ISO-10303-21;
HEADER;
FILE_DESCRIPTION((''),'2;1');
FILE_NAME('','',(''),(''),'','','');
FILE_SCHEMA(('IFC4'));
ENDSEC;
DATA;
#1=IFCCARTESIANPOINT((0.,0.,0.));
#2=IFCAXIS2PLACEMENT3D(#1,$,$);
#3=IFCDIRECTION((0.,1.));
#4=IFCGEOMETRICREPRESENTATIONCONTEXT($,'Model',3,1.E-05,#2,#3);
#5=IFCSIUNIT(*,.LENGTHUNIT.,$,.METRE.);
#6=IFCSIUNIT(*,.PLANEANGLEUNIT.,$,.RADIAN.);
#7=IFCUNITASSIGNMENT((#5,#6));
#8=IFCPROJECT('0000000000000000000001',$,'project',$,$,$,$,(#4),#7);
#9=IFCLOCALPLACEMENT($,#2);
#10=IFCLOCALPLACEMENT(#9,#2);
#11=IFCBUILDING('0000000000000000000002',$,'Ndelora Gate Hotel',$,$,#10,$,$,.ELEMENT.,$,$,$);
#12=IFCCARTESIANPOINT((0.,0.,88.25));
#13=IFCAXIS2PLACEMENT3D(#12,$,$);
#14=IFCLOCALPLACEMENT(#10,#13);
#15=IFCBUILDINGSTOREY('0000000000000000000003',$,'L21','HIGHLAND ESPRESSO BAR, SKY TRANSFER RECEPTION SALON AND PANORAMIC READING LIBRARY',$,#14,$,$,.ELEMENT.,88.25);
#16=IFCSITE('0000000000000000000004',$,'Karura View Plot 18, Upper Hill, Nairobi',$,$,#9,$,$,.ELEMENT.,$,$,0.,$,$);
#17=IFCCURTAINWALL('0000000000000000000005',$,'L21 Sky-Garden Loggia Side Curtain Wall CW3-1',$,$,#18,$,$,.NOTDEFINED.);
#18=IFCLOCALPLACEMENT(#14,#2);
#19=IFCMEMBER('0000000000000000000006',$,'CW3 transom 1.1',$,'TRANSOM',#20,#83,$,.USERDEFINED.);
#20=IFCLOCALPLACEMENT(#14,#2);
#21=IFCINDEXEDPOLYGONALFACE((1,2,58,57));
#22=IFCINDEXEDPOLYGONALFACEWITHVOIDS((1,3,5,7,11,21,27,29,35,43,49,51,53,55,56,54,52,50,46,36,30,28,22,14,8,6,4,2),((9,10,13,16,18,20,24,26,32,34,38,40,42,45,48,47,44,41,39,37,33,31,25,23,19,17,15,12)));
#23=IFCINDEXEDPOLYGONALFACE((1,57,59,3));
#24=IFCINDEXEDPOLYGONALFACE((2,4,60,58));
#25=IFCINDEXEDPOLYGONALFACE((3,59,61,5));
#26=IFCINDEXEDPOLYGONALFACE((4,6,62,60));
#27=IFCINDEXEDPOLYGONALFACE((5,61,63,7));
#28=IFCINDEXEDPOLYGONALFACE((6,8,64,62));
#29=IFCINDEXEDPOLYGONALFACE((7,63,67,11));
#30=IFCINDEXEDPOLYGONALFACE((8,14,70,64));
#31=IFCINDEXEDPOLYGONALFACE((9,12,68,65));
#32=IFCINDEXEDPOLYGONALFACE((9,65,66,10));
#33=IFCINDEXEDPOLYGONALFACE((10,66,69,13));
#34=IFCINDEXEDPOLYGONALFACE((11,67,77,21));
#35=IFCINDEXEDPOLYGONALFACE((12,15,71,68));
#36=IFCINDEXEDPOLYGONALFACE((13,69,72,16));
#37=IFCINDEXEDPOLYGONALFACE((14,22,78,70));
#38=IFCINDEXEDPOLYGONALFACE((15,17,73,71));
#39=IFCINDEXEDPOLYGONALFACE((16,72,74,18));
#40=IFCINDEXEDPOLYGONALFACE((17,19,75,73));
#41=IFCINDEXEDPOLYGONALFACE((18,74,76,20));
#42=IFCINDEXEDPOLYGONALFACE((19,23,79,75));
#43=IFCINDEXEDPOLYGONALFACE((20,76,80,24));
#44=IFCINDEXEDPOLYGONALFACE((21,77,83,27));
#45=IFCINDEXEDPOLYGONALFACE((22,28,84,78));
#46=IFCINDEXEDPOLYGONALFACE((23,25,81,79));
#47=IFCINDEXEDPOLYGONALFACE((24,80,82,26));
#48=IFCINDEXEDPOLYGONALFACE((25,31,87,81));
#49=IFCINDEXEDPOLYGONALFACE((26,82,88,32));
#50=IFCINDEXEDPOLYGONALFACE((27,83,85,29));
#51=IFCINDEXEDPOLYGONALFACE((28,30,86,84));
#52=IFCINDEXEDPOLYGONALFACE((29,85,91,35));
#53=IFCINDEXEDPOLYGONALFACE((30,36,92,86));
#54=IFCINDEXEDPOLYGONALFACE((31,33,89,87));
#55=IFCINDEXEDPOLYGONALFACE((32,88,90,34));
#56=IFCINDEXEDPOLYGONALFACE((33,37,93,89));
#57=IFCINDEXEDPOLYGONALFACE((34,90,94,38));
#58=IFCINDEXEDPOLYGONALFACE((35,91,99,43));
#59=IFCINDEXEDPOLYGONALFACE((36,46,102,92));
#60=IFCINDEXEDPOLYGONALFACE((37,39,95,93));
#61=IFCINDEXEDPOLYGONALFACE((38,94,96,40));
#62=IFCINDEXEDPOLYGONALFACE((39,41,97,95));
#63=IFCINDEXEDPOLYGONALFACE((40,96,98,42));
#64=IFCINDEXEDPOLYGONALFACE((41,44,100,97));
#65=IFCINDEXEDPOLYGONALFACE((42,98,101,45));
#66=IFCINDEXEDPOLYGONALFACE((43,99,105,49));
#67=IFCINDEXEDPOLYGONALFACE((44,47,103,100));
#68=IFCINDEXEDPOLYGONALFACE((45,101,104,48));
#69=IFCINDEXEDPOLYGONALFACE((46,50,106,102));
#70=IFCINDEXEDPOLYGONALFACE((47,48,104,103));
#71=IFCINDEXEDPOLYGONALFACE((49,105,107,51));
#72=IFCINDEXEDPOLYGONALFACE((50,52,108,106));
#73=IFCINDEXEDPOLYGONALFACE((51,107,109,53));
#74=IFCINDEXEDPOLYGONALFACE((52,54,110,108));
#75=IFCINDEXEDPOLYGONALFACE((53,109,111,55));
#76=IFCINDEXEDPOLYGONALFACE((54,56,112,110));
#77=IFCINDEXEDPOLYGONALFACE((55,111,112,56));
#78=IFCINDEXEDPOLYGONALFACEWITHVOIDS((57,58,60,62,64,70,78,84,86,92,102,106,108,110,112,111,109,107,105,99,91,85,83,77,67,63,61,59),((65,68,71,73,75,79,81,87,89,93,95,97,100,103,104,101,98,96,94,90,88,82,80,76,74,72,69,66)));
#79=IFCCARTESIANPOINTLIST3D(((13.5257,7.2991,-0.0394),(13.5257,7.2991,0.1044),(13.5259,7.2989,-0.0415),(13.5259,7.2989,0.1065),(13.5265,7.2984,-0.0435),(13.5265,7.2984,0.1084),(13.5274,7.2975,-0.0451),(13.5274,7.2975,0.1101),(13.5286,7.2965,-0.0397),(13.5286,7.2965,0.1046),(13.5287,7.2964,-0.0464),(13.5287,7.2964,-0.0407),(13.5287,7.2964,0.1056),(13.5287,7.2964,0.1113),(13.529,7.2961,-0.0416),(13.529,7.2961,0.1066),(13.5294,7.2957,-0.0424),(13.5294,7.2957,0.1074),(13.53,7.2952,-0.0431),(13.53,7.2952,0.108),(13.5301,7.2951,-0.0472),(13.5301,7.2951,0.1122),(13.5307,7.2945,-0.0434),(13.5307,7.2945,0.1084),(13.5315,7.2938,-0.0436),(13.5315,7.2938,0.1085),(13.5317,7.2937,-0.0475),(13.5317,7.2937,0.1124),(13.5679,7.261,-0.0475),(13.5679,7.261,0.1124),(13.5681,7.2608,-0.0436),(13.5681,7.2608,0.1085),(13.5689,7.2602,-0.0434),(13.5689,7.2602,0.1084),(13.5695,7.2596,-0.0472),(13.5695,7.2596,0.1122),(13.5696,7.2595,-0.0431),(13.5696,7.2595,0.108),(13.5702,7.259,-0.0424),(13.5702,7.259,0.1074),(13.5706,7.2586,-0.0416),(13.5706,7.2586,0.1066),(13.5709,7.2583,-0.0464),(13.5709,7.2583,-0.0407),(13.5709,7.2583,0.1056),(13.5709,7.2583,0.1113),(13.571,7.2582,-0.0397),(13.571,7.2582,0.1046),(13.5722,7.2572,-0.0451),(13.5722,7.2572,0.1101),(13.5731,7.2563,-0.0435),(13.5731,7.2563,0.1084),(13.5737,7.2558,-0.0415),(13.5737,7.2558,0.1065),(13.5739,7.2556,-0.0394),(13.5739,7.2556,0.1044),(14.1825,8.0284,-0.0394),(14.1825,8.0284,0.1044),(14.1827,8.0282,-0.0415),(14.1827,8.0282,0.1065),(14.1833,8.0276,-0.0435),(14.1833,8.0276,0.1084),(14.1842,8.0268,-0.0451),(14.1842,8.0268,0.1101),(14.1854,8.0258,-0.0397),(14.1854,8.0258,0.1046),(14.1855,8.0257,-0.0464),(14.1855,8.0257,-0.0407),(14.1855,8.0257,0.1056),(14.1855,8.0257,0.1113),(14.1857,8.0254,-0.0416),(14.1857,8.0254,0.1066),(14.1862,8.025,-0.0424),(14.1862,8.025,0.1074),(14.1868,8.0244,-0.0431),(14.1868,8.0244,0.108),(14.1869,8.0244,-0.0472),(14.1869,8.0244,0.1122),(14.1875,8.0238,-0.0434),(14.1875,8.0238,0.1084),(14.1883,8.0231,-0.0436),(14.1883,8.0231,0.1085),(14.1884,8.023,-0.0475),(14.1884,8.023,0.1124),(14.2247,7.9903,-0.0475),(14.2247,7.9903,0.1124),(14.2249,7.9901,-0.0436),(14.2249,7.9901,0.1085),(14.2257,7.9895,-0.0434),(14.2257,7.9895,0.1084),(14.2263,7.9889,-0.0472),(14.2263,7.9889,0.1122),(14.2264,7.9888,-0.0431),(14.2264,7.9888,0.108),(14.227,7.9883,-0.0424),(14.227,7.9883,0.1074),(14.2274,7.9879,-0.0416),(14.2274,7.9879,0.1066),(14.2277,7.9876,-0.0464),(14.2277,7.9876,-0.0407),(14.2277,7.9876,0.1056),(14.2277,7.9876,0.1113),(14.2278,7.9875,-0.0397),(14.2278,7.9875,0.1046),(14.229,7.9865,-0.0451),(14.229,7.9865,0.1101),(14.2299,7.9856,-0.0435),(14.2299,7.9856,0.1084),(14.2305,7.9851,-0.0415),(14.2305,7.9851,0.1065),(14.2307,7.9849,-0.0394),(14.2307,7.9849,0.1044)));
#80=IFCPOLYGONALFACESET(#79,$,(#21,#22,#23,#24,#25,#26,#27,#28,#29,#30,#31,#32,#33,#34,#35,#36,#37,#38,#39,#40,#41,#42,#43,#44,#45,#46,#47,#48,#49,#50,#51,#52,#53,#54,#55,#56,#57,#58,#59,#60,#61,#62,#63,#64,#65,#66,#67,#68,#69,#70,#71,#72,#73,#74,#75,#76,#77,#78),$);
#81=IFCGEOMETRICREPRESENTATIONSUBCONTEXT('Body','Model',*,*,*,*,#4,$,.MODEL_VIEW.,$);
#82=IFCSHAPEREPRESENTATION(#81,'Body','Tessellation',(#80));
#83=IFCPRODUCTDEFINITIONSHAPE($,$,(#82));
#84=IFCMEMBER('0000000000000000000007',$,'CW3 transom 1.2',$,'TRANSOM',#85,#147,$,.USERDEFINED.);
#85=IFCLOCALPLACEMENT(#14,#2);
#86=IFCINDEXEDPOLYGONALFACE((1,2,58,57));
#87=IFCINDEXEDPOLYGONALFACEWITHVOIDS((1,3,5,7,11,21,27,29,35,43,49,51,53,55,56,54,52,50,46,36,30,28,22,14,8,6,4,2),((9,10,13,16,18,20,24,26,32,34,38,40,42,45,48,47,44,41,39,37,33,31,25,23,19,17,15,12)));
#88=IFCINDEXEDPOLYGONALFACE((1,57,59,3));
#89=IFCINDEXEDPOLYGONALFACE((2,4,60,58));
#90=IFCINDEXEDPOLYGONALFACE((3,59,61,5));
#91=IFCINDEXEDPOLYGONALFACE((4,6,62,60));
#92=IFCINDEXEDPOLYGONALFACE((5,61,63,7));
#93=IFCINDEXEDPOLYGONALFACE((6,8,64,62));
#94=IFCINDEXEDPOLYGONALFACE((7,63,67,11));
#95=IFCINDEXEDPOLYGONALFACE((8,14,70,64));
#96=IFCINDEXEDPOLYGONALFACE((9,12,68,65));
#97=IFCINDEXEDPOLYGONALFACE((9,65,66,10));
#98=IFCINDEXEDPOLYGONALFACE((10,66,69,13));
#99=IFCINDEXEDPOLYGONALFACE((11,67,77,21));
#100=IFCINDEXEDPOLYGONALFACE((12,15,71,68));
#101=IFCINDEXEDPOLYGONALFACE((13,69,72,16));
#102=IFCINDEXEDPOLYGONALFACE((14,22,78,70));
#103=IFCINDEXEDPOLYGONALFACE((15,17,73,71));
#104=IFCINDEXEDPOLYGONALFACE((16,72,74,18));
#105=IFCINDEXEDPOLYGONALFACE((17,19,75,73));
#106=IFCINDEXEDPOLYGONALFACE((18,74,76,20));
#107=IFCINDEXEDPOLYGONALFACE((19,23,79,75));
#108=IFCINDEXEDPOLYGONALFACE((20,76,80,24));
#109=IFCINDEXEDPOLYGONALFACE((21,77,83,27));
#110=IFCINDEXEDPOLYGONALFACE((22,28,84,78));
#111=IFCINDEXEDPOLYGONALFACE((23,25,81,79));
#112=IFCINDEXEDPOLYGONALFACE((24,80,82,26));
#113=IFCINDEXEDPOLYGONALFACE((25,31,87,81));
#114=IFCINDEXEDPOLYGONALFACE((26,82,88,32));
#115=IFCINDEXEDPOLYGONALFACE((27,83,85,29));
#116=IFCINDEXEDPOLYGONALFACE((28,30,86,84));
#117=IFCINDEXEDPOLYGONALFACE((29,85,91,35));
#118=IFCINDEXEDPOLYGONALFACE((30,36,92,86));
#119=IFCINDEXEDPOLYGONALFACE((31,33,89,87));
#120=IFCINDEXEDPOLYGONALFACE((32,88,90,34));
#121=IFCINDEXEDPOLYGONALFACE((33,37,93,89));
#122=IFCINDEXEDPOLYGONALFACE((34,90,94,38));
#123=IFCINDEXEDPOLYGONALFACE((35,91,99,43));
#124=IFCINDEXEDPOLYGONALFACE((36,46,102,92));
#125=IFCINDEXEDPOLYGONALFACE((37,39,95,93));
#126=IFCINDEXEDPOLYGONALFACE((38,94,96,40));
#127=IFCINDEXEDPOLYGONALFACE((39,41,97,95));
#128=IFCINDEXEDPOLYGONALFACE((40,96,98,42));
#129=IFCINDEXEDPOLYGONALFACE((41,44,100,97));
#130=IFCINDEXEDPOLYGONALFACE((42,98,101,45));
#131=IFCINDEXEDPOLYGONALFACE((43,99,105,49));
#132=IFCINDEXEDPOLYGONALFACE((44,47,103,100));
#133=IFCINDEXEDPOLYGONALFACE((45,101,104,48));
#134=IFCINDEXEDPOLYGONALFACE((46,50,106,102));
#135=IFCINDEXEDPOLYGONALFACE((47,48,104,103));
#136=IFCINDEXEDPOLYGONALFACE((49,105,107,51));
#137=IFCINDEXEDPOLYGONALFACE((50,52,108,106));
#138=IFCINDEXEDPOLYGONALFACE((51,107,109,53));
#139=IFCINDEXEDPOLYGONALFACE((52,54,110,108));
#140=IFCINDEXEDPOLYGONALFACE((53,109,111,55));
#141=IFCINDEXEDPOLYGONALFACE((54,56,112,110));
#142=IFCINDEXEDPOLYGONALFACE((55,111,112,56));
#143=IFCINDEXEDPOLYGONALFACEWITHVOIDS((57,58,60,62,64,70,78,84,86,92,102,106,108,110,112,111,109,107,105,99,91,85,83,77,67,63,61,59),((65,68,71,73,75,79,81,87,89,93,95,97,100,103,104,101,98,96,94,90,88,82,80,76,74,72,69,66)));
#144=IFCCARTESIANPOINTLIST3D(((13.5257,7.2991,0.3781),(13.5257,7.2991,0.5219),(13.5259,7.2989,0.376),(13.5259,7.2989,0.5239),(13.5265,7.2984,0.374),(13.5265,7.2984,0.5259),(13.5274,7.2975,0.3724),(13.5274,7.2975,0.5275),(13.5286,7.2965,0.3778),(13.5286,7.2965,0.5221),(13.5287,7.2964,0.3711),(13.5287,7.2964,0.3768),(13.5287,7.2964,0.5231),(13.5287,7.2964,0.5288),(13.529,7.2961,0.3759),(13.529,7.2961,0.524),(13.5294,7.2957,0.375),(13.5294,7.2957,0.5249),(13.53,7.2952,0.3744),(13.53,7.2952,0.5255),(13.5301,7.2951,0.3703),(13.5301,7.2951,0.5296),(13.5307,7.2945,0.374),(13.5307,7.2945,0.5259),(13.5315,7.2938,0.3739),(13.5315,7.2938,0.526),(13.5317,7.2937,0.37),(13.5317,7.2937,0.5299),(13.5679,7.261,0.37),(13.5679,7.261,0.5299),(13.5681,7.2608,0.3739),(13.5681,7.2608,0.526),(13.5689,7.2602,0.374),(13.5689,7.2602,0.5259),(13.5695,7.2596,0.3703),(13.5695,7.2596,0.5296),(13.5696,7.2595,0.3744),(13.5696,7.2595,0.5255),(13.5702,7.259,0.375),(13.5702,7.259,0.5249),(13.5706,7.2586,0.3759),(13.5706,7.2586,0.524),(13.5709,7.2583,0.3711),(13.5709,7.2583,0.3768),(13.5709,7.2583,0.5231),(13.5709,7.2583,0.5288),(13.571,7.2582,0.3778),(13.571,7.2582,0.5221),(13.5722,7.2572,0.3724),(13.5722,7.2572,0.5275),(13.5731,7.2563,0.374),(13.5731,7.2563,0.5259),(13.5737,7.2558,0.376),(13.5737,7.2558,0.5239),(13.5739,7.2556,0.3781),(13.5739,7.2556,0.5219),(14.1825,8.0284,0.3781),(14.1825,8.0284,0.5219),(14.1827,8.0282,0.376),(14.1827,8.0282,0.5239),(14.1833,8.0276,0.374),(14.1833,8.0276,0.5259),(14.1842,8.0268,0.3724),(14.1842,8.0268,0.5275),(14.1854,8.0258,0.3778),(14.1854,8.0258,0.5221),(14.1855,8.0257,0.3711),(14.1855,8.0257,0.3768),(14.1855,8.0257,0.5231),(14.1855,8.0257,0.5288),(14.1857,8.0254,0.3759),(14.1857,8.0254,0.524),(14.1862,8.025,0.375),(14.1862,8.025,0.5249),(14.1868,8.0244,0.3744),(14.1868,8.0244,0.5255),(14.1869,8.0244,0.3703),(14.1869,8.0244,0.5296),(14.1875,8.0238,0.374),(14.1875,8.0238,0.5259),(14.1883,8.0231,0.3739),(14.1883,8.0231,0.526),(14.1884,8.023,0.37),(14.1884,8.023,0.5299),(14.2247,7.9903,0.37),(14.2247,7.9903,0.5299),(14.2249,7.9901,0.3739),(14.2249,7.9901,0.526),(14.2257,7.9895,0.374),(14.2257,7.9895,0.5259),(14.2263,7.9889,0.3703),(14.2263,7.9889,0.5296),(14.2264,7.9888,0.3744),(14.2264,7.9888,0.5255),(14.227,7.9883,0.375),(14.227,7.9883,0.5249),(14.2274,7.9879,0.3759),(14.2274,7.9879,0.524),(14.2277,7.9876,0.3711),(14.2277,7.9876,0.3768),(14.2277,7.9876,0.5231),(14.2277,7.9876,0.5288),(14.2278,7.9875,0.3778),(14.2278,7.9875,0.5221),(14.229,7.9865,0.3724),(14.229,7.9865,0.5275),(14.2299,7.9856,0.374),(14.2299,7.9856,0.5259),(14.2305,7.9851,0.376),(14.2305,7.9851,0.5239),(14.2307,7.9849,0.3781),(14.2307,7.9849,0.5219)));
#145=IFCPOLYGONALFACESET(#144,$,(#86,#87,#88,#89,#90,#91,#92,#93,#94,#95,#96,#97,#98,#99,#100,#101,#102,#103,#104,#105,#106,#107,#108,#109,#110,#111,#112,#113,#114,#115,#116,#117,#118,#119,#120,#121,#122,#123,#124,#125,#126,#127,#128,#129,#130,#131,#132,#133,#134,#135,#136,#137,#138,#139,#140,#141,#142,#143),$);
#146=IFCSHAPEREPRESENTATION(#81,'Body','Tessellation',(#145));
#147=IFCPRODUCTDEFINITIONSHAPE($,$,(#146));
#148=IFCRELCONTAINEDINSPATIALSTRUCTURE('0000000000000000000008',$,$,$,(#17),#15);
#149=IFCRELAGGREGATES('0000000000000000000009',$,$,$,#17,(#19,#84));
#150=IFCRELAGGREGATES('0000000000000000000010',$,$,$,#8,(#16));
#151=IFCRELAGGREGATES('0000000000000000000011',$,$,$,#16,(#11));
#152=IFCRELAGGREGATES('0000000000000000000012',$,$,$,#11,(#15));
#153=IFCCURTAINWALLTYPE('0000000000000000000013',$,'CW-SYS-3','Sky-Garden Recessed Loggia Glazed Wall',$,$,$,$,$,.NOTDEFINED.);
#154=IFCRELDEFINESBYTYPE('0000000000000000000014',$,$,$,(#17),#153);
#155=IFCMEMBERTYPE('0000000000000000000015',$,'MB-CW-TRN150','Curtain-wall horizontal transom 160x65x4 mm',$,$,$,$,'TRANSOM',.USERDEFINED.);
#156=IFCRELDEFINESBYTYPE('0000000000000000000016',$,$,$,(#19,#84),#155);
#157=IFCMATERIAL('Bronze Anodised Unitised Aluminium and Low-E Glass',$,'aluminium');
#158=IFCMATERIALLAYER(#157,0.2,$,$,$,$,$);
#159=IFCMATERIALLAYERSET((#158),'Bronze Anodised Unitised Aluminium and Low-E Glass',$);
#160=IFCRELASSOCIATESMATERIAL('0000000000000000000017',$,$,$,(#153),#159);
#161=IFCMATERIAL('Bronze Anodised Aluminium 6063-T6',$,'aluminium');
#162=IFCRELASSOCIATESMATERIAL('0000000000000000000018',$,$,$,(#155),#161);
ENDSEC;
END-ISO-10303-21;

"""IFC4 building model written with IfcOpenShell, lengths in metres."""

from ifc_helpers import new_model, si_unit, direction, frame, origin, origin_2d, place, context, subcontext, project, spatial, hollow_rectangle, extrude, material, layer, layer_set, material_profile, profile_set, type_object, element, aggregate, save


model = new_model("IFC4")

# Units and contexts
model_context = context("Model", 3, precision=1e-05, world=origin(), true_north=direction((0.0, 1.0)))
body_context = subcontext(model_context, "Body", "Model", "MODEL_VIEW")
ifc_project = project(units=[si_unit("LENGTHUNIT", "METRE"), si_unit("PLANEANGLEUNIT", "RADIAN")], contexts=[model_context])

# Site, building, storey
site_placement = place(None, origin())
site = spatial("IfcSite", under=ifc_project, at=site_placement, Name="Karura View Plot 18, Upper Hill, Nairobi", CompositionType="ELEMENT", RefElevation=0.0)
building_placement = place(site_placement, origin())
building = spatial("IfcBuilding", under=site, at=building_placement, Name="Ndelora Gate Hotel", CompositionType="ELEMENT")
storey_placement = place(building_placement, frame((0.0, 0.0, 88.25)))
storey = spatial("IfcBuildingStorey", under=building, at=storey_placement, Name="L21", Description="HIGHLAND ESPRESSO BAR, SKY TRANSFER RECEPTION SALON AND PANORAMIC READING LIBRARY", CompositionType="ELEMENT", Elevation=88.25)

# Curtain wall, members
ifc_material_1 = material(Name="Bronze Anodised Unitised Aluminium and Low-E Glass", Category="aluminium")
ifc_layer_1 = layer(ifc_material_1, 0.2)
ifc_layer_set_1 = layer_set([ifc_layer_1], Name="Bronze Anodised Unitised Aluminium and Low-E Glass")
curtain_wall_type = type_object("IfcCurtainWallType", Name="CW-SYS-3", Description="Sky-Garden Recessed Loggia Glazed Wall", PredefinedType="NOTDEFINED", material=ifc_layer_set_1)
curtain_wall_placement = place(storey_placement, origin())
curtain_wall = element("IfcCurtainWall", 1, at=curtain_wall_placement, inside=storey, type_object=curtain_wall_type, Name="L21 Sky-Garden Loggia Side Curtain Wall CW3-1", PredefinedType="NOTDEFINED")
ifc_material_2 = material(Name="Bronze Anodised Aluminium 6063-T6", Category="aluminium")
ifc_material_profile_1 = material_profile(ifc_material_2, hollow_rectangle(XDim=0.0649, YDim=0.1599, WallThickness=0.0039, InnerFilletRadius=0.0039, OuterFilletRadius=0.0081, at=origin_2d()), Name="ALU 160x65x4")
ifc_profile_set_1 = profile_set([ifc_material_profile_1], Name="Bronze Anodised Aluminium 6063-T6")
member_type_1 = type_object("IfcMemberType", Name="MB-CW-TRN150", Description="Curtain-wall horizontal transom 160x65x4 mm", ElementType="TRANSOM", PredefinedType="USERDEFINED", material=ifc_profile_set_1)
member_1_placement = place(storey_placement, frame((13.5498, 7.2773, 0.0325), z_axis=(0.669198, 0.743084, 0.0), x_axis=(-0.743084, 0.669198, 0.0)))
member_1 = element("IfcMember", 2, at=member_1_placement, type_object=member_type_1, Name="CW3 transom 1.1", ObjectType="TRANSOM", PredefinedType="USERDEFINED", context=body_context, shape_type="SweptSolid", body=[
    extrude(hollow_rectangle(XDim=0.0649, YDim=0.1599, WallThickness=0.0039, InnerFilletRadius=0.0039, OuterFilletRadius=0.0081, at=origin_2d()), origin(), (0.0, 0.0, 1.0), 0.9814),
])
member_2_placement = place(storey_placement, frame((13.5498, 7.2773, 0.45), z_axis=(0.669198, 0.743084, 0.0), x_axis=(-0.743084, 0.669198, 0.0)))
member_2 = element("IfcMember", 3, at=member_2_placement, type_object=member_type_1, Name="CW3 transom 1.2", ObjectType="TRANSOM", PredefinedType="USERDEFINED", context=body_context, shape_type="SweptSolid", body=[
    extrude(hollow_rectangle(XDim=0.0649, YDim=0.1599, WallThickness=0.0039, InnerFilletRadius=0.0039, OuterFilletRadius=0.0081, at=origin_2d()), origin(), (0.0, 0.0, 1.0), 0.9814),
])
aggregate(curtain_wall, [member_1, member_2])

save(model, "model.ifc")
